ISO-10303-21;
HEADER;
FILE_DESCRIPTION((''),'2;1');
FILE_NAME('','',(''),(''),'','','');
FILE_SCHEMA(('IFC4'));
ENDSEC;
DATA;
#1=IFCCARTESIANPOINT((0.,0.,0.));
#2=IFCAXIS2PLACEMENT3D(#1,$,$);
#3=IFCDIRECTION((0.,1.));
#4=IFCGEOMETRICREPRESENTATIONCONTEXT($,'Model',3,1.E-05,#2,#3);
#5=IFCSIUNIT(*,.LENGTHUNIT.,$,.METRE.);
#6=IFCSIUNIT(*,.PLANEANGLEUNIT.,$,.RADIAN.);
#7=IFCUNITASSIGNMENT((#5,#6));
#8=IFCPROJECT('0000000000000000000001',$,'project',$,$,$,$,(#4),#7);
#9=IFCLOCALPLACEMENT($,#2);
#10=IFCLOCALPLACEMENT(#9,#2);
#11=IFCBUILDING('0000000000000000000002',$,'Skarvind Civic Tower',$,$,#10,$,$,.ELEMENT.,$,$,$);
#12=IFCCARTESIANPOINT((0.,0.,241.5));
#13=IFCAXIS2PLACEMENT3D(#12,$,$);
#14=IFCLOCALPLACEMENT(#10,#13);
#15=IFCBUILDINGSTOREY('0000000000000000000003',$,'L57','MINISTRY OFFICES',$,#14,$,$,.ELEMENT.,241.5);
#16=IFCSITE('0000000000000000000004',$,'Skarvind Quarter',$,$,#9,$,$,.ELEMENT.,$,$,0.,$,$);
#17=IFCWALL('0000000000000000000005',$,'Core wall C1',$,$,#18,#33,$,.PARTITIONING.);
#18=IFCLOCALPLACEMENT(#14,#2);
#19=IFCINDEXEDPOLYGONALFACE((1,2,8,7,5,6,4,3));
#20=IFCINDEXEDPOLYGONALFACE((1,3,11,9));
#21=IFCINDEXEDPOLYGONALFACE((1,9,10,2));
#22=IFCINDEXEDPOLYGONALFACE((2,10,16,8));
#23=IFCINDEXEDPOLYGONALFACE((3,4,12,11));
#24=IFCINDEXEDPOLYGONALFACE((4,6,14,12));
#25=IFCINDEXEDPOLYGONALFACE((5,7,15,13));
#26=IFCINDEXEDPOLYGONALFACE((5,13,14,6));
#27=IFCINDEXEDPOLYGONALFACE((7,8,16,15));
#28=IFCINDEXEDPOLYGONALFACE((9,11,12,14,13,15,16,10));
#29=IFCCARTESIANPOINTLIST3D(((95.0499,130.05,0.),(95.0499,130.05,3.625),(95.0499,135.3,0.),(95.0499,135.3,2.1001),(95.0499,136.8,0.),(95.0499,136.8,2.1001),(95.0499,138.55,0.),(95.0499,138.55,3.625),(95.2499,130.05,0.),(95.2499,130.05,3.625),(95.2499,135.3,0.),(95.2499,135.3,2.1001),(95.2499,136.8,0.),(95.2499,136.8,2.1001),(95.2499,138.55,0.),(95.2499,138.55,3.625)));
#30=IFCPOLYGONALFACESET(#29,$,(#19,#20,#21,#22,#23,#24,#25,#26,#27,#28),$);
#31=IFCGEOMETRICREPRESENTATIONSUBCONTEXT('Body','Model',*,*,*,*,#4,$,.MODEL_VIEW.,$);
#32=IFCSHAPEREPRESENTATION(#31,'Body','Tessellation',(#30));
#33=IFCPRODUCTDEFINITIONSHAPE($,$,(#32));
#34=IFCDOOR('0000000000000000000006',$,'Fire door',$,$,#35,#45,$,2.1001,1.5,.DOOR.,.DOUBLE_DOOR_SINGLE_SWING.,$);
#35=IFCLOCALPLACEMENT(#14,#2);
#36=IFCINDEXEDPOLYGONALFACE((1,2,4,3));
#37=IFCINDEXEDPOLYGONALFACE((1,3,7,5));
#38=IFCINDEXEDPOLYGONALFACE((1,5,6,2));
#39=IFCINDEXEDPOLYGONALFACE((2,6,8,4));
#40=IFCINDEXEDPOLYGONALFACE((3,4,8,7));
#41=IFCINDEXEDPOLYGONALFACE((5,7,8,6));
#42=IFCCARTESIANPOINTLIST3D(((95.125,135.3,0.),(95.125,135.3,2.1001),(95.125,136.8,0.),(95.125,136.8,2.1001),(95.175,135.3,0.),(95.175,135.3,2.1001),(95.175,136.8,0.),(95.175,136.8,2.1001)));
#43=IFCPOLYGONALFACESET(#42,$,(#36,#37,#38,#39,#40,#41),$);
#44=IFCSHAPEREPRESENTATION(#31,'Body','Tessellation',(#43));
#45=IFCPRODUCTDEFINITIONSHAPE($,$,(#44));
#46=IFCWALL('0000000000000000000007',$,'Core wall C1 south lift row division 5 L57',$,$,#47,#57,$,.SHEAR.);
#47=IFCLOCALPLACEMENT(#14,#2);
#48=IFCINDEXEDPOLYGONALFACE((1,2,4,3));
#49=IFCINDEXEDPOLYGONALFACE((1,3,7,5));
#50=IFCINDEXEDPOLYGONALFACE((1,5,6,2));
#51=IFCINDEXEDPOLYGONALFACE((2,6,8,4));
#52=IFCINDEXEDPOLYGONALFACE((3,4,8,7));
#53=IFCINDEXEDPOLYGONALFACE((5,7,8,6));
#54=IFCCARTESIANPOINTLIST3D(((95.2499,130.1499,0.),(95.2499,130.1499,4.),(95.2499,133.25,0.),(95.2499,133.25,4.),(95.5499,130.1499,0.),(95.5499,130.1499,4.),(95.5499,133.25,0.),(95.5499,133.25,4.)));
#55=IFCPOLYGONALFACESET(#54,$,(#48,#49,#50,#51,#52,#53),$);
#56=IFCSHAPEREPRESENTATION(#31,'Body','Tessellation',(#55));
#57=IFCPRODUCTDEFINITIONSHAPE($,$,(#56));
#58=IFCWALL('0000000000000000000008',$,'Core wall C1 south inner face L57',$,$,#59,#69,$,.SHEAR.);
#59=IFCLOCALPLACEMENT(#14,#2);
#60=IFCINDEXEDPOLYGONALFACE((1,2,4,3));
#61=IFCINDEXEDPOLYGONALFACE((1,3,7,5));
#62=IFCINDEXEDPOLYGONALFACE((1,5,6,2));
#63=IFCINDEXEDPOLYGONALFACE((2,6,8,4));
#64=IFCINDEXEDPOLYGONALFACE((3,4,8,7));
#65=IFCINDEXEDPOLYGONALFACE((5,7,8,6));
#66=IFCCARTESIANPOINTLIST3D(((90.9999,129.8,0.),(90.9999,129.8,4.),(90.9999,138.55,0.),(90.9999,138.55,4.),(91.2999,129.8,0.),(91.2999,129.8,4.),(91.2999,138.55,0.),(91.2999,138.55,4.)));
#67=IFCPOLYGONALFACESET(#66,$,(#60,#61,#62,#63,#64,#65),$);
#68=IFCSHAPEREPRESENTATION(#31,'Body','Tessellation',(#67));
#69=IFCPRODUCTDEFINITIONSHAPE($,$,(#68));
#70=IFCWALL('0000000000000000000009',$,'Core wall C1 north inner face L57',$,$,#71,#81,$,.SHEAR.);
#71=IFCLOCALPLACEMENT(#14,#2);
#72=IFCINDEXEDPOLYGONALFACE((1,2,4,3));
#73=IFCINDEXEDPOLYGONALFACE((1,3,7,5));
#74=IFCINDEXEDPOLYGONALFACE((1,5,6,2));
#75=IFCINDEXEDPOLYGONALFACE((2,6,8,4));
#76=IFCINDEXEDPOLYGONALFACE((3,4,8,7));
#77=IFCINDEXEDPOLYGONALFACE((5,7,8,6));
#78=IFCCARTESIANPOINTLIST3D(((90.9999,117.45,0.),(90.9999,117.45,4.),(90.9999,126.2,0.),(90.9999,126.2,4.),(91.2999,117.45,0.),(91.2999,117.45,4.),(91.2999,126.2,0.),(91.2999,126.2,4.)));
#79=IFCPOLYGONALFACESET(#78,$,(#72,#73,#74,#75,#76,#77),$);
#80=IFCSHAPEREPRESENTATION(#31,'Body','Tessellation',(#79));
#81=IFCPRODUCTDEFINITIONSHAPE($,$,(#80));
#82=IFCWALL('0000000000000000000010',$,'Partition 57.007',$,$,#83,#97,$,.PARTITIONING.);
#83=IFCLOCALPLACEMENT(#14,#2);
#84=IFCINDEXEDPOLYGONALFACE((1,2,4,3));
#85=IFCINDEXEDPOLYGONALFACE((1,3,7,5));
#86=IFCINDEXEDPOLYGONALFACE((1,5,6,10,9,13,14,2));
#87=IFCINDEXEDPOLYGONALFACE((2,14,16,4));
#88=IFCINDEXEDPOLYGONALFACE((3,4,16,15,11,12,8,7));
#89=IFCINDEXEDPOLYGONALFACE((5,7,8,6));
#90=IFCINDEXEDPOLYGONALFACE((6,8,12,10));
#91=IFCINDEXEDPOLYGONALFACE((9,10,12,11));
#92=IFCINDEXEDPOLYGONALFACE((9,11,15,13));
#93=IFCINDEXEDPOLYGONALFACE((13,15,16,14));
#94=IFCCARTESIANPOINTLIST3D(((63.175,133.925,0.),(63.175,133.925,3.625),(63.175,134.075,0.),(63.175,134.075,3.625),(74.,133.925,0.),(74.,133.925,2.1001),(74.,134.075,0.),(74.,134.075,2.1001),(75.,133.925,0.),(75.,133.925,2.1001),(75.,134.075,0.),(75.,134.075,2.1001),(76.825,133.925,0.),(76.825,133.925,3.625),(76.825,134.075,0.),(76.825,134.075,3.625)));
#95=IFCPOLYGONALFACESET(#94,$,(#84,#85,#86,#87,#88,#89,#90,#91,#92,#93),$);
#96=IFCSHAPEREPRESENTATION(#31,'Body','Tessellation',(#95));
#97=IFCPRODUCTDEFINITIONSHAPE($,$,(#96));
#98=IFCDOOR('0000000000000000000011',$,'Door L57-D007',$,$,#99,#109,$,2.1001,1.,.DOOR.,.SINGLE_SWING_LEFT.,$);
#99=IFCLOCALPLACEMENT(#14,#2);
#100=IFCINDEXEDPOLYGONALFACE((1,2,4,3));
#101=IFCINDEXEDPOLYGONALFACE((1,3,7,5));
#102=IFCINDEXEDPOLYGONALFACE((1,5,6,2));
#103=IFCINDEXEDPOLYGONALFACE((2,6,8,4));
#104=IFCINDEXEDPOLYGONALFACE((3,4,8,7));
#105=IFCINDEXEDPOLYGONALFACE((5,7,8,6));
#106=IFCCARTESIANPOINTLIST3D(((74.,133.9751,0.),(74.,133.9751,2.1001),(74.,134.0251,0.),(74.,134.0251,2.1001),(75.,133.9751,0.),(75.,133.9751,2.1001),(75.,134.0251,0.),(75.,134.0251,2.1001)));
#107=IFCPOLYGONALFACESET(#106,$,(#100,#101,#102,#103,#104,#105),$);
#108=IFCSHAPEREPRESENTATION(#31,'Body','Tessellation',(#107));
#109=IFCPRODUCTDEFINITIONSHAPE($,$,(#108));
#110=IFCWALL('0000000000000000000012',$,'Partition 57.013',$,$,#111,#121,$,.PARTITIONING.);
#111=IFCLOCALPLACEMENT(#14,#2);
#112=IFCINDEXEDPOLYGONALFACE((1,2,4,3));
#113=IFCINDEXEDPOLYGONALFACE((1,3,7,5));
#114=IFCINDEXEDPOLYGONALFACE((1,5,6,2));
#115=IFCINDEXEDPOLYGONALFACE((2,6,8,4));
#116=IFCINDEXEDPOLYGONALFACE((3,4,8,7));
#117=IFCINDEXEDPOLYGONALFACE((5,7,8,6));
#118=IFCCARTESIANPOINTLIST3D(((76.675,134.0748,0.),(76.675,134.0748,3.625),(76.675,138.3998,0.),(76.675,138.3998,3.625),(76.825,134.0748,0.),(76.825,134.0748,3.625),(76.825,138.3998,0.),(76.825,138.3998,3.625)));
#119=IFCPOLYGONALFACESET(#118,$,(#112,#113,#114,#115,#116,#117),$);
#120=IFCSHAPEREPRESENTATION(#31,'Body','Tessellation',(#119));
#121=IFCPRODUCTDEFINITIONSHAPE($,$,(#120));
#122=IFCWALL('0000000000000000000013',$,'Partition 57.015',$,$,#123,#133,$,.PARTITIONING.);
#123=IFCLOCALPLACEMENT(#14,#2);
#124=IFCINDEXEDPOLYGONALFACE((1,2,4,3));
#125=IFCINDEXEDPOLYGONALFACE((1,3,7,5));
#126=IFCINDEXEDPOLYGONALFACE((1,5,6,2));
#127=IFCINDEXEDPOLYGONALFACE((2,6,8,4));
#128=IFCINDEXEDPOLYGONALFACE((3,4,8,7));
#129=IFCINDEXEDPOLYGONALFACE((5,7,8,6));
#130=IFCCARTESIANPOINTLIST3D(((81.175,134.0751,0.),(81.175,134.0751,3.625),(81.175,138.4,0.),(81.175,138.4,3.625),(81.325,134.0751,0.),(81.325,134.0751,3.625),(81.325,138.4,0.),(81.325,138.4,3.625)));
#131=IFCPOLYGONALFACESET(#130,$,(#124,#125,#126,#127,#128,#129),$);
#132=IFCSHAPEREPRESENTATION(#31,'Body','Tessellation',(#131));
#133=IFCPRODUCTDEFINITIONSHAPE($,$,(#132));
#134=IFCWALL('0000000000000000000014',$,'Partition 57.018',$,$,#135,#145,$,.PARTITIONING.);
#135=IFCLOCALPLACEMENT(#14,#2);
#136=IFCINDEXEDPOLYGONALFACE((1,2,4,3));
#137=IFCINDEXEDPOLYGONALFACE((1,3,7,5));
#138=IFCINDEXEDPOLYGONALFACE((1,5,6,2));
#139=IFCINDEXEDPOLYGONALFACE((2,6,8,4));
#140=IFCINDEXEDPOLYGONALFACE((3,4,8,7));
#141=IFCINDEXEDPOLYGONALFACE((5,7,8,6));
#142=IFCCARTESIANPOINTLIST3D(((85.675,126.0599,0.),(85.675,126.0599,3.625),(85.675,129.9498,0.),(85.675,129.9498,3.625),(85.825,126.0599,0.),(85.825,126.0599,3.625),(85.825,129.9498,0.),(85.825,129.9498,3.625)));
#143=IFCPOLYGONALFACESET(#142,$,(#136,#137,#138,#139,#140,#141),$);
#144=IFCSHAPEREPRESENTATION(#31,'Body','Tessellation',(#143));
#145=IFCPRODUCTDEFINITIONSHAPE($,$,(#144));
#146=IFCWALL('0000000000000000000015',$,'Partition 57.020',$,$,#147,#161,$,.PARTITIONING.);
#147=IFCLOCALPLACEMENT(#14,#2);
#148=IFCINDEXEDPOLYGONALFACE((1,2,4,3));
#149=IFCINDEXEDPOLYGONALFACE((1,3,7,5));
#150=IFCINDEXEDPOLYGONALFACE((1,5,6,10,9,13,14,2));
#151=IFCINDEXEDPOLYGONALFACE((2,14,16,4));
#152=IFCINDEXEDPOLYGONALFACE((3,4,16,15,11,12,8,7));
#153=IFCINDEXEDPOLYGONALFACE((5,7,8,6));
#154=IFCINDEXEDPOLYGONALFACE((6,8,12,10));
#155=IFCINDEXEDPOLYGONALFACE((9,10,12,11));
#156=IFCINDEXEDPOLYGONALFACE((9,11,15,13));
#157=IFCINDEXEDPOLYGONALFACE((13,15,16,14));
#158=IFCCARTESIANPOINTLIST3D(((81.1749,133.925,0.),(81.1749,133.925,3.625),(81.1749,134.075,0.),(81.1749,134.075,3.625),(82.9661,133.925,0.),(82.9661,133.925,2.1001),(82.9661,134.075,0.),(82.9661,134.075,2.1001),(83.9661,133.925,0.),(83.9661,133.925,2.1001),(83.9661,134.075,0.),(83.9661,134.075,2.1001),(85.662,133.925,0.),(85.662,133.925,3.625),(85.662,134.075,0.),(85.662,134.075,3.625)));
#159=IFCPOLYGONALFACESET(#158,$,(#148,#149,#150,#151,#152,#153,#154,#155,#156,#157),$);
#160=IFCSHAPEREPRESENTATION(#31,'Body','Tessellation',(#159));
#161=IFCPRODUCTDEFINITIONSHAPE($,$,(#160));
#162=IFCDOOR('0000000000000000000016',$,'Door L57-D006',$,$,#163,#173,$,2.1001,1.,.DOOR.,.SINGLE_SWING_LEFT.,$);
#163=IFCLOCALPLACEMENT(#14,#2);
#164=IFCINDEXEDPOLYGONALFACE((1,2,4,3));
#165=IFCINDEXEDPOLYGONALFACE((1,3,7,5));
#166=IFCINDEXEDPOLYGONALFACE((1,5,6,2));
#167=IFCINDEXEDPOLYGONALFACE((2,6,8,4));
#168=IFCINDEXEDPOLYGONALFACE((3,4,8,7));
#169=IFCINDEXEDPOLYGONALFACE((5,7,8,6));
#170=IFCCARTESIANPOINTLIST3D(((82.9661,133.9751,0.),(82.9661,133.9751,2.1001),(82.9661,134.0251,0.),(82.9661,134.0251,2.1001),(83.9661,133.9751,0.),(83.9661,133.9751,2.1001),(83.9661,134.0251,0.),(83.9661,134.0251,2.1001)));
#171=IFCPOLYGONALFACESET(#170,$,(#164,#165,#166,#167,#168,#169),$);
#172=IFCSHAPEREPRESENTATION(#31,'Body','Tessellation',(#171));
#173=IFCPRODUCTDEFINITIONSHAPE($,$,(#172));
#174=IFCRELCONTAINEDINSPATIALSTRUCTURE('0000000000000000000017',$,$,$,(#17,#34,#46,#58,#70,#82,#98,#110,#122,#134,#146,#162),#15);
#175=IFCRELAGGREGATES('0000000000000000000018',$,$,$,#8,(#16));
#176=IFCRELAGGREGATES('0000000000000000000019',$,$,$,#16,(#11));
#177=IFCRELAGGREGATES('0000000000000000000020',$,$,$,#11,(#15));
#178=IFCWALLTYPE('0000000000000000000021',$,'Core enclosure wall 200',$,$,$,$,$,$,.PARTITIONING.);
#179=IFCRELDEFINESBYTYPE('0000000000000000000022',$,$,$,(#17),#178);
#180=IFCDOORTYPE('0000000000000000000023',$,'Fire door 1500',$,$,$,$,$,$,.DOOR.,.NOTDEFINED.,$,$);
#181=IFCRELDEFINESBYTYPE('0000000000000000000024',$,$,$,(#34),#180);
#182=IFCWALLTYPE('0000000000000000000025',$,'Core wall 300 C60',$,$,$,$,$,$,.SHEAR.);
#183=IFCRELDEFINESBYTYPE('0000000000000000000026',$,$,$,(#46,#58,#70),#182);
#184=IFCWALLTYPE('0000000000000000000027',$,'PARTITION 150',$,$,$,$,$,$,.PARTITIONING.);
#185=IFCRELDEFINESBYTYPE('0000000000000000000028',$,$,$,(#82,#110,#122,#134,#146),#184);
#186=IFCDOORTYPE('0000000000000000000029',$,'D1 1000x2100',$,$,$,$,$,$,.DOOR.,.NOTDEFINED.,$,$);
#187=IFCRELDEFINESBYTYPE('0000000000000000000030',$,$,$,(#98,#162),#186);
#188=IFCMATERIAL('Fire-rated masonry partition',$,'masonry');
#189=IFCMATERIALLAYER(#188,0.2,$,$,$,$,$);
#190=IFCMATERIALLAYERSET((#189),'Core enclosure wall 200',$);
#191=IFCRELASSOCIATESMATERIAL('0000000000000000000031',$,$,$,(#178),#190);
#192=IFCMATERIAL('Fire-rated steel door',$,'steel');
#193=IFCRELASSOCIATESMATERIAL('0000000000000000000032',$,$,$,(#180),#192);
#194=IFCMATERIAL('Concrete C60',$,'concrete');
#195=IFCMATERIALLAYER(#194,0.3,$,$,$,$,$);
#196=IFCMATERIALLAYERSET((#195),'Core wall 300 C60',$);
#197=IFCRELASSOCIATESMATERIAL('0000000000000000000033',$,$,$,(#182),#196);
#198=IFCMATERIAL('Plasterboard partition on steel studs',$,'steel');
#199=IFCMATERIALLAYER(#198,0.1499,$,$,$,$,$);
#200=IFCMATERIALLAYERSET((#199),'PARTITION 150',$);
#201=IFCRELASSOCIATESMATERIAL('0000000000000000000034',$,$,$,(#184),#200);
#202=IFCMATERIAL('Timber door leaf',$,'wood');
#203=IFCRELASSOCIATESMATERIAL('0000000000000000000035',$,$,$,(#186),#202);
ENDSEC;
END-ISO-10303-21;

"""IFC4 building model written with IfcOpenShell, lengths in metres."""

from ifc_helpers import new_model, si_unit, direction, frame, frame_2d, origin, place, context, subcontext, project, spatial, rectangle, extrude, material, layer, layer_set, type_object, element, fill, save


model = new_model("IFC4")

# Units and contexts
model_context = context("Model", 3, precision=1e-05, world=origin(), true_north=direction((0.0, 1.0)))
body_context = subcontext(model_context, "Body", "Model", "MODEL_VIEW")
ifc_project = project(units=[si_unit("LENGTHUNIT", "METRE"), si_unit("PLANEANGLEUNIT", "RADIAN")], contexts=[model_context])

# Site, building, storey
site_placement = place(None, origin())
site = spatial("IfcSite", under=ifc_project, at=site_placement, Name="Skarvind Quarter", CompositionType="ELEMENT", RefElevation=0.0)
building_placement = place(site_placement, origin())
building = spatial("IfcBuilding", under=site, at=building_placement, Name="Skarvind Civic Tower", CompositionType="ELEMENT")
storey_placement = place(building_placement, frame((0.0, 0.0, 241.5)))
storey = spatial("IfcBuildingStorey", under=building, at=storey_placement, Name="L57", Description="MINISTRY OFFICES", CompositionType="ELEMENT", Elevation=241.5)

# Shared definitions
ifc_material_1 = material(Name="Concrete C60", Category="concrete")

# Wall, opening, door
ifc_material_2 = material(Name="Timber door leaf", Category="wood")
ifc_material_3 = material(Name="Fire-rated masonry partition", Category="masonry")
ifc_layer_1 = layer(ifc_material_3, 0.2)
ifc_layer_set_1 = layer_set([ifc_layer_1], Name="Core enclosure wall 200")
wall_type_1 = type_object("IfcWallType", Name="Core enclosure wall 200", PredefinedType="PARTITIONING", material=ifc_layer_set_1)
ifc_material_4 = material(Name="Fire-rated steel door", Category="steel")
wall_1_placement = place(storey_placement, frame((95.1499, 130.05, 0.0), z_axis=(0.0, 0.0, 1.0), x_axis=(0.0, 1.0, 0.0)))
wall_1 = element("IfcWall", 1, at=wall_1_placement, inside=storey, type_object=wall_type_1, Name="Core wall C1", PredefinedType="PARTITIONING", context=body_context, shape_type="SweptSolid", body=[
    extrude(rectangle(XDim=8.5, YDim=0.2, at=frame_2d((4.25, 0.0))), origin(), (0.0, 0.0, 1.0), 3.625),
])
opening_1_placement = place(wall_1_placement, frame((5.25, 0.0, 0.0)))
opening_1 = element("IfcOpeningElement", 2, at=opening_1_placement, cuts=wall_1, PredefinedType="OPENING", context=body_context, shape_type="SweptSolid", body=[
    extrude(rectangle(XDim=1.5, YDim=2.1001, at=frame_2d((0.75, 1.05))), frame((0.0, 0.1099, 0.0), z_axis=(0.0, -1.0, 0.0), x_axis=(1.0, 0.0, 0.0)), (0.0, 0.0, 1.0), 0.22),
])
door_type_1 = type_object("IfcDoorType", Name="Fire door 1500", OperationType="NOTDEFINED", PredefinedType="DOOR", material=ifc_material_4)
door_1_placement = place(opening_1_placement, origin())
door_1 = element("IfcDoor", 3, at=door_1_placement, inside=storey, type_object=door_type_1, Name="Fire door", OperationType="DOUBLE_DOOR_SINGLE_SWING", OverallHeight=2.1001, OverallWidth=1.5, PredefinedType="DOOR", context=body_context, shape_type="SweptSolid", body=[
    extrude(rectangle(XDim=1.5, YDim=2.1001, at=frame_2d((0.75, 1.05))), frame((0.0, 0.0249, 0.0), z_axis=(0.0, -1.0, 0.0), x_axis=(1.0, 0.0, 0.0)), (0.0, 0.0, 1.0), 0.05),
])
fill(opening_1, door_1)

# Walls
ifc_layer_2 = layer(ifc_material_1, 0.3)
ifc_layer_set_2 = layer_set([ifc_layer_2], Name="Core wall 300 C60")
wall_type_2 = type_object("IfcWallType", Name="Core wall 300 C60", PredefinedType="SHEAR", material=ifc_layer_set_2)
wall_2_placement = place(storey_placement, frame((95.3999, 133.25, 0.0), z_axis=(0.0, 0.0, 1.0), x_axis=(0.0, -1.0, 0.0)))
element("IfcWall", 4, at=wall_2_placement, inside=storey, type_object=wall_type_2, Name="Core wall C1 south lift row division 5 L57", PredefinedType="SHEAR", context=body_context, shape_type="SweptSolid", body=[
    extrude(rectangle(XDim=3.1001, YDim=0.3, at=frame_2d((1.55, 0.0))), origin(), (0.0, 0.0, 1.0), 4.0),
])
for number, where, z_axis, x_axis, name in (
    (5, (91.1499, 138.55, 0.0), (0.0, 0.0, 1.0), (0.0, -1.0, 0.0), "Core wall C1 south inner face L57"),
    (6, (91.1499, 126.2, 0.0), (0.0, 0.0, 1.0), (0.0, -1.0, 0.0), "Core wall C1 north inner face L57"),
):
    element("IfcWall", number, at=place(storey_placement, frame(where, z_axis=z_axis, x_axis=x_axis)), inside=storey, type_object=wall_type_2, Name=name, PredefinedType="SHEAR", context=body_context, shape_type="SweptSolid", body=[
        extrude(rectangle(XDim=8.75, YDim=0.3, at=frame_2d((4.375, 0.0))), origin(), (0.0, 0.0, 1.0), 4.0),
    ])

# Wall, opening, door
ifc_material_5 = material(Name="Plasterboard partition on steel studs", Category="steel")
ifc_layer_3 = layer(ifc_material_5, 0.1499)
ifc_layer_set_3 = layer_set([ifc_layer_3], Name="PARTITION 150")
wall_type_3 = type_object("IfcWallType", Name="PARTITION 150", PredefinedType="PARTITIONING", material=ifc_layer_set_3)
wall_3_placement = place(storey_placement, frame((76.825, 134.0, 0.0), z_axis=(0.0, 0.0, 1.0), x_axis=(-1.0, 0.0, 0.0)))
wall_3 = element("IfcWall", 7, at=wall_3_placement, inside=storey, type_object=wall_type_3, Name="Partition 57.007", PredefinedType="PARTITIONING", context=body_context, shape_type="SweptSolid", body=[
    extrude(rectangle(XDim=13.6499, YDim=0.1499, at=frame_2d((6.825, 0.0))), origin(), (0.0, 0.0, 1.0), 3.625),
])
opening_2_placement = place(wall_3_placement, frame((1.825, 0.0, 0.0)))
opening_2 = element("IfcOpeningElement", 8, at=opening_2_placement, cuts=wall_3, PredefinedType="OPENING", context=body_context, shape_type="SweptSolid", body=[
    extrude(rectangle(XDim=1.0, YDim=2.1001, at=frame_2d((0.5, 1.05))), frame((0.0, 0.085, 0.0), z_axis=(0.0, -1.0, 0.0), x_axis=(1.0, 0.0, 0.0)), (0.0, 0.0, 1.0), 0.1699),
])
door_type_2 = type_object("IfcDoorType", Name="D1 1000x2100", OperationType="NOTDEFINED", PredefinedType="DOOR", material=ifc_material_2)
door_2_placement = place(opening_2_placement, origin())
door_2 = element("IfcDoor", 9, at=door_2_placement, inside=storey, type_object=door_type_2, Name="Door L57-D007", OperationType="SINGLE_SWING_LEFT", OverallHeight=2.1001, OverallWidth=1.0, PredefinedType="DOOR", context=body_context, shape_type="SweptSolid", body=[
    extrude(rectangle(XDim=1.0, YDim=2.1001, at=frame_2d((0.5, 1.05))), frame((0.0, 0.0249, 0.0), z_axis=(0.0, -1.0, 0.0), x_axis=(1.0, 0.0, 0.0)), (0.0, 0.0, 1.0), 0.05),
])
fill(opening_2, door_2)

# Walls
for number, where, z_axis, x_axis, name in (
    (10, (76.75, 138.3999, 0.0), (0.0, 0.0, 1.0), (0.0, -1.0, 0.0), "Partition 57.013"),
    (11, (81.25, 134.075, 0.0), (0.0, 0.0, 1.0), (0.0, 1.0, 0.0), "Partition 57.015"),
):
    element("IfcWall", number, at=place(storey_placement, frame(where, z_axis=z_axis, x_axis=x_axis)), inside=storey, type_object=wall_type_3, Name=name, PredefinedType="PARTITIONING", context=body_context, shape_type="SweptSolid", body=[
        extrude(rectangle(XDim=4.325, YDim=0.1499, at=frame_2d((2.1626, 0.0))), origin(), (0.0, 0.0, 1.0), 3.625),
    ])
wall_4_placement = place(storey_placement, frame((85.75, 126.0601, 0.0), z_axis=(0.0, 0.0, 1.0), x_axis=(0.0, 1.0, 0.0)))
element("IfcWall", 12, at=wall_4_placement, inside=storey, type_object=wall_type_3, Name="Partition 57.018", PredefinedType="PARTITIONING", context=body_context, shape_type="SweptSolid", body=[
    extrude(rectangle(XDim=3.8899, YDim=0.1499, at=frame_2d((1.9448, 0.0))), origin(), (0.0, 0.0, 1.0), 3.625),
])

# Wall, opening, door
wall_5_placement = place(storey_placement, frame((85.6621, 134.0, 0.0), z_axis=(0.0, 0.0, 1.0), x_axis=(-1.0, 0.0, 0.0)))
wall_5 = element("IfcWall", 13, at=wall_5_placement, inside=storey, type_object=wall_type_3, Name="Partition 57.020", PredefinedType="PARTITIONING", context=body_context, shape_type="SweptSolid", body=[
    extrude(rectangle(XDim=4.4871, YDim=0.1499, at=frame_2d((2.2437, 0.0))), origin(), (0.0, 0.0, 1.0), 3.625),
])
opening_3_placement = place(wall_5_placement, frame((1.696, 0.0, 0.0)))
opening_3 = element("IfcOpeningElement", 14, at=opening_3_placement, cuts=wall_5, PredefinedType="OPENING", context=body_context, shape_type="SweptSolid", body=[
    extrude(rectangle(XDim=1.0, YDim=2.1001, at=frame_2d((0.5, 1.05))), frame((0.0, 0.085, 0.0), z_axis=(0.0, -1.0, 0.0), x_axis=(1.0, 0.0, 0.0)), (0.0, 0.0, 1.0), 0.1699),
])
door_3_placement = place(opening_3_placement, origin())
door_3 = element("IfcDoor", 15, at=door_3_placement, inside=storey, type_object=door_type_2, Name="Door L57-D006", OperationType="SINGLE_SWING_LEFT", OverallHeight=2.1001, OverallWidth=1.0, PredefinedType="DOOR", context=body_context, shape_type="SweptSolid", body=[
    extrude(rectangle(XDim=1.0, YDim=2.1001, at=frame_2d((0.5, 1.05))), frame((0.0, 0.0249, 0.0), z_axis=(0.0, -1.0, 0.0), x_axis=(1.0, 0.0, 0.0)), (0.0, 0.0, 1.0), 0.05),
])
fill(opening_3, door_3)

save(model, "model.ifc")
